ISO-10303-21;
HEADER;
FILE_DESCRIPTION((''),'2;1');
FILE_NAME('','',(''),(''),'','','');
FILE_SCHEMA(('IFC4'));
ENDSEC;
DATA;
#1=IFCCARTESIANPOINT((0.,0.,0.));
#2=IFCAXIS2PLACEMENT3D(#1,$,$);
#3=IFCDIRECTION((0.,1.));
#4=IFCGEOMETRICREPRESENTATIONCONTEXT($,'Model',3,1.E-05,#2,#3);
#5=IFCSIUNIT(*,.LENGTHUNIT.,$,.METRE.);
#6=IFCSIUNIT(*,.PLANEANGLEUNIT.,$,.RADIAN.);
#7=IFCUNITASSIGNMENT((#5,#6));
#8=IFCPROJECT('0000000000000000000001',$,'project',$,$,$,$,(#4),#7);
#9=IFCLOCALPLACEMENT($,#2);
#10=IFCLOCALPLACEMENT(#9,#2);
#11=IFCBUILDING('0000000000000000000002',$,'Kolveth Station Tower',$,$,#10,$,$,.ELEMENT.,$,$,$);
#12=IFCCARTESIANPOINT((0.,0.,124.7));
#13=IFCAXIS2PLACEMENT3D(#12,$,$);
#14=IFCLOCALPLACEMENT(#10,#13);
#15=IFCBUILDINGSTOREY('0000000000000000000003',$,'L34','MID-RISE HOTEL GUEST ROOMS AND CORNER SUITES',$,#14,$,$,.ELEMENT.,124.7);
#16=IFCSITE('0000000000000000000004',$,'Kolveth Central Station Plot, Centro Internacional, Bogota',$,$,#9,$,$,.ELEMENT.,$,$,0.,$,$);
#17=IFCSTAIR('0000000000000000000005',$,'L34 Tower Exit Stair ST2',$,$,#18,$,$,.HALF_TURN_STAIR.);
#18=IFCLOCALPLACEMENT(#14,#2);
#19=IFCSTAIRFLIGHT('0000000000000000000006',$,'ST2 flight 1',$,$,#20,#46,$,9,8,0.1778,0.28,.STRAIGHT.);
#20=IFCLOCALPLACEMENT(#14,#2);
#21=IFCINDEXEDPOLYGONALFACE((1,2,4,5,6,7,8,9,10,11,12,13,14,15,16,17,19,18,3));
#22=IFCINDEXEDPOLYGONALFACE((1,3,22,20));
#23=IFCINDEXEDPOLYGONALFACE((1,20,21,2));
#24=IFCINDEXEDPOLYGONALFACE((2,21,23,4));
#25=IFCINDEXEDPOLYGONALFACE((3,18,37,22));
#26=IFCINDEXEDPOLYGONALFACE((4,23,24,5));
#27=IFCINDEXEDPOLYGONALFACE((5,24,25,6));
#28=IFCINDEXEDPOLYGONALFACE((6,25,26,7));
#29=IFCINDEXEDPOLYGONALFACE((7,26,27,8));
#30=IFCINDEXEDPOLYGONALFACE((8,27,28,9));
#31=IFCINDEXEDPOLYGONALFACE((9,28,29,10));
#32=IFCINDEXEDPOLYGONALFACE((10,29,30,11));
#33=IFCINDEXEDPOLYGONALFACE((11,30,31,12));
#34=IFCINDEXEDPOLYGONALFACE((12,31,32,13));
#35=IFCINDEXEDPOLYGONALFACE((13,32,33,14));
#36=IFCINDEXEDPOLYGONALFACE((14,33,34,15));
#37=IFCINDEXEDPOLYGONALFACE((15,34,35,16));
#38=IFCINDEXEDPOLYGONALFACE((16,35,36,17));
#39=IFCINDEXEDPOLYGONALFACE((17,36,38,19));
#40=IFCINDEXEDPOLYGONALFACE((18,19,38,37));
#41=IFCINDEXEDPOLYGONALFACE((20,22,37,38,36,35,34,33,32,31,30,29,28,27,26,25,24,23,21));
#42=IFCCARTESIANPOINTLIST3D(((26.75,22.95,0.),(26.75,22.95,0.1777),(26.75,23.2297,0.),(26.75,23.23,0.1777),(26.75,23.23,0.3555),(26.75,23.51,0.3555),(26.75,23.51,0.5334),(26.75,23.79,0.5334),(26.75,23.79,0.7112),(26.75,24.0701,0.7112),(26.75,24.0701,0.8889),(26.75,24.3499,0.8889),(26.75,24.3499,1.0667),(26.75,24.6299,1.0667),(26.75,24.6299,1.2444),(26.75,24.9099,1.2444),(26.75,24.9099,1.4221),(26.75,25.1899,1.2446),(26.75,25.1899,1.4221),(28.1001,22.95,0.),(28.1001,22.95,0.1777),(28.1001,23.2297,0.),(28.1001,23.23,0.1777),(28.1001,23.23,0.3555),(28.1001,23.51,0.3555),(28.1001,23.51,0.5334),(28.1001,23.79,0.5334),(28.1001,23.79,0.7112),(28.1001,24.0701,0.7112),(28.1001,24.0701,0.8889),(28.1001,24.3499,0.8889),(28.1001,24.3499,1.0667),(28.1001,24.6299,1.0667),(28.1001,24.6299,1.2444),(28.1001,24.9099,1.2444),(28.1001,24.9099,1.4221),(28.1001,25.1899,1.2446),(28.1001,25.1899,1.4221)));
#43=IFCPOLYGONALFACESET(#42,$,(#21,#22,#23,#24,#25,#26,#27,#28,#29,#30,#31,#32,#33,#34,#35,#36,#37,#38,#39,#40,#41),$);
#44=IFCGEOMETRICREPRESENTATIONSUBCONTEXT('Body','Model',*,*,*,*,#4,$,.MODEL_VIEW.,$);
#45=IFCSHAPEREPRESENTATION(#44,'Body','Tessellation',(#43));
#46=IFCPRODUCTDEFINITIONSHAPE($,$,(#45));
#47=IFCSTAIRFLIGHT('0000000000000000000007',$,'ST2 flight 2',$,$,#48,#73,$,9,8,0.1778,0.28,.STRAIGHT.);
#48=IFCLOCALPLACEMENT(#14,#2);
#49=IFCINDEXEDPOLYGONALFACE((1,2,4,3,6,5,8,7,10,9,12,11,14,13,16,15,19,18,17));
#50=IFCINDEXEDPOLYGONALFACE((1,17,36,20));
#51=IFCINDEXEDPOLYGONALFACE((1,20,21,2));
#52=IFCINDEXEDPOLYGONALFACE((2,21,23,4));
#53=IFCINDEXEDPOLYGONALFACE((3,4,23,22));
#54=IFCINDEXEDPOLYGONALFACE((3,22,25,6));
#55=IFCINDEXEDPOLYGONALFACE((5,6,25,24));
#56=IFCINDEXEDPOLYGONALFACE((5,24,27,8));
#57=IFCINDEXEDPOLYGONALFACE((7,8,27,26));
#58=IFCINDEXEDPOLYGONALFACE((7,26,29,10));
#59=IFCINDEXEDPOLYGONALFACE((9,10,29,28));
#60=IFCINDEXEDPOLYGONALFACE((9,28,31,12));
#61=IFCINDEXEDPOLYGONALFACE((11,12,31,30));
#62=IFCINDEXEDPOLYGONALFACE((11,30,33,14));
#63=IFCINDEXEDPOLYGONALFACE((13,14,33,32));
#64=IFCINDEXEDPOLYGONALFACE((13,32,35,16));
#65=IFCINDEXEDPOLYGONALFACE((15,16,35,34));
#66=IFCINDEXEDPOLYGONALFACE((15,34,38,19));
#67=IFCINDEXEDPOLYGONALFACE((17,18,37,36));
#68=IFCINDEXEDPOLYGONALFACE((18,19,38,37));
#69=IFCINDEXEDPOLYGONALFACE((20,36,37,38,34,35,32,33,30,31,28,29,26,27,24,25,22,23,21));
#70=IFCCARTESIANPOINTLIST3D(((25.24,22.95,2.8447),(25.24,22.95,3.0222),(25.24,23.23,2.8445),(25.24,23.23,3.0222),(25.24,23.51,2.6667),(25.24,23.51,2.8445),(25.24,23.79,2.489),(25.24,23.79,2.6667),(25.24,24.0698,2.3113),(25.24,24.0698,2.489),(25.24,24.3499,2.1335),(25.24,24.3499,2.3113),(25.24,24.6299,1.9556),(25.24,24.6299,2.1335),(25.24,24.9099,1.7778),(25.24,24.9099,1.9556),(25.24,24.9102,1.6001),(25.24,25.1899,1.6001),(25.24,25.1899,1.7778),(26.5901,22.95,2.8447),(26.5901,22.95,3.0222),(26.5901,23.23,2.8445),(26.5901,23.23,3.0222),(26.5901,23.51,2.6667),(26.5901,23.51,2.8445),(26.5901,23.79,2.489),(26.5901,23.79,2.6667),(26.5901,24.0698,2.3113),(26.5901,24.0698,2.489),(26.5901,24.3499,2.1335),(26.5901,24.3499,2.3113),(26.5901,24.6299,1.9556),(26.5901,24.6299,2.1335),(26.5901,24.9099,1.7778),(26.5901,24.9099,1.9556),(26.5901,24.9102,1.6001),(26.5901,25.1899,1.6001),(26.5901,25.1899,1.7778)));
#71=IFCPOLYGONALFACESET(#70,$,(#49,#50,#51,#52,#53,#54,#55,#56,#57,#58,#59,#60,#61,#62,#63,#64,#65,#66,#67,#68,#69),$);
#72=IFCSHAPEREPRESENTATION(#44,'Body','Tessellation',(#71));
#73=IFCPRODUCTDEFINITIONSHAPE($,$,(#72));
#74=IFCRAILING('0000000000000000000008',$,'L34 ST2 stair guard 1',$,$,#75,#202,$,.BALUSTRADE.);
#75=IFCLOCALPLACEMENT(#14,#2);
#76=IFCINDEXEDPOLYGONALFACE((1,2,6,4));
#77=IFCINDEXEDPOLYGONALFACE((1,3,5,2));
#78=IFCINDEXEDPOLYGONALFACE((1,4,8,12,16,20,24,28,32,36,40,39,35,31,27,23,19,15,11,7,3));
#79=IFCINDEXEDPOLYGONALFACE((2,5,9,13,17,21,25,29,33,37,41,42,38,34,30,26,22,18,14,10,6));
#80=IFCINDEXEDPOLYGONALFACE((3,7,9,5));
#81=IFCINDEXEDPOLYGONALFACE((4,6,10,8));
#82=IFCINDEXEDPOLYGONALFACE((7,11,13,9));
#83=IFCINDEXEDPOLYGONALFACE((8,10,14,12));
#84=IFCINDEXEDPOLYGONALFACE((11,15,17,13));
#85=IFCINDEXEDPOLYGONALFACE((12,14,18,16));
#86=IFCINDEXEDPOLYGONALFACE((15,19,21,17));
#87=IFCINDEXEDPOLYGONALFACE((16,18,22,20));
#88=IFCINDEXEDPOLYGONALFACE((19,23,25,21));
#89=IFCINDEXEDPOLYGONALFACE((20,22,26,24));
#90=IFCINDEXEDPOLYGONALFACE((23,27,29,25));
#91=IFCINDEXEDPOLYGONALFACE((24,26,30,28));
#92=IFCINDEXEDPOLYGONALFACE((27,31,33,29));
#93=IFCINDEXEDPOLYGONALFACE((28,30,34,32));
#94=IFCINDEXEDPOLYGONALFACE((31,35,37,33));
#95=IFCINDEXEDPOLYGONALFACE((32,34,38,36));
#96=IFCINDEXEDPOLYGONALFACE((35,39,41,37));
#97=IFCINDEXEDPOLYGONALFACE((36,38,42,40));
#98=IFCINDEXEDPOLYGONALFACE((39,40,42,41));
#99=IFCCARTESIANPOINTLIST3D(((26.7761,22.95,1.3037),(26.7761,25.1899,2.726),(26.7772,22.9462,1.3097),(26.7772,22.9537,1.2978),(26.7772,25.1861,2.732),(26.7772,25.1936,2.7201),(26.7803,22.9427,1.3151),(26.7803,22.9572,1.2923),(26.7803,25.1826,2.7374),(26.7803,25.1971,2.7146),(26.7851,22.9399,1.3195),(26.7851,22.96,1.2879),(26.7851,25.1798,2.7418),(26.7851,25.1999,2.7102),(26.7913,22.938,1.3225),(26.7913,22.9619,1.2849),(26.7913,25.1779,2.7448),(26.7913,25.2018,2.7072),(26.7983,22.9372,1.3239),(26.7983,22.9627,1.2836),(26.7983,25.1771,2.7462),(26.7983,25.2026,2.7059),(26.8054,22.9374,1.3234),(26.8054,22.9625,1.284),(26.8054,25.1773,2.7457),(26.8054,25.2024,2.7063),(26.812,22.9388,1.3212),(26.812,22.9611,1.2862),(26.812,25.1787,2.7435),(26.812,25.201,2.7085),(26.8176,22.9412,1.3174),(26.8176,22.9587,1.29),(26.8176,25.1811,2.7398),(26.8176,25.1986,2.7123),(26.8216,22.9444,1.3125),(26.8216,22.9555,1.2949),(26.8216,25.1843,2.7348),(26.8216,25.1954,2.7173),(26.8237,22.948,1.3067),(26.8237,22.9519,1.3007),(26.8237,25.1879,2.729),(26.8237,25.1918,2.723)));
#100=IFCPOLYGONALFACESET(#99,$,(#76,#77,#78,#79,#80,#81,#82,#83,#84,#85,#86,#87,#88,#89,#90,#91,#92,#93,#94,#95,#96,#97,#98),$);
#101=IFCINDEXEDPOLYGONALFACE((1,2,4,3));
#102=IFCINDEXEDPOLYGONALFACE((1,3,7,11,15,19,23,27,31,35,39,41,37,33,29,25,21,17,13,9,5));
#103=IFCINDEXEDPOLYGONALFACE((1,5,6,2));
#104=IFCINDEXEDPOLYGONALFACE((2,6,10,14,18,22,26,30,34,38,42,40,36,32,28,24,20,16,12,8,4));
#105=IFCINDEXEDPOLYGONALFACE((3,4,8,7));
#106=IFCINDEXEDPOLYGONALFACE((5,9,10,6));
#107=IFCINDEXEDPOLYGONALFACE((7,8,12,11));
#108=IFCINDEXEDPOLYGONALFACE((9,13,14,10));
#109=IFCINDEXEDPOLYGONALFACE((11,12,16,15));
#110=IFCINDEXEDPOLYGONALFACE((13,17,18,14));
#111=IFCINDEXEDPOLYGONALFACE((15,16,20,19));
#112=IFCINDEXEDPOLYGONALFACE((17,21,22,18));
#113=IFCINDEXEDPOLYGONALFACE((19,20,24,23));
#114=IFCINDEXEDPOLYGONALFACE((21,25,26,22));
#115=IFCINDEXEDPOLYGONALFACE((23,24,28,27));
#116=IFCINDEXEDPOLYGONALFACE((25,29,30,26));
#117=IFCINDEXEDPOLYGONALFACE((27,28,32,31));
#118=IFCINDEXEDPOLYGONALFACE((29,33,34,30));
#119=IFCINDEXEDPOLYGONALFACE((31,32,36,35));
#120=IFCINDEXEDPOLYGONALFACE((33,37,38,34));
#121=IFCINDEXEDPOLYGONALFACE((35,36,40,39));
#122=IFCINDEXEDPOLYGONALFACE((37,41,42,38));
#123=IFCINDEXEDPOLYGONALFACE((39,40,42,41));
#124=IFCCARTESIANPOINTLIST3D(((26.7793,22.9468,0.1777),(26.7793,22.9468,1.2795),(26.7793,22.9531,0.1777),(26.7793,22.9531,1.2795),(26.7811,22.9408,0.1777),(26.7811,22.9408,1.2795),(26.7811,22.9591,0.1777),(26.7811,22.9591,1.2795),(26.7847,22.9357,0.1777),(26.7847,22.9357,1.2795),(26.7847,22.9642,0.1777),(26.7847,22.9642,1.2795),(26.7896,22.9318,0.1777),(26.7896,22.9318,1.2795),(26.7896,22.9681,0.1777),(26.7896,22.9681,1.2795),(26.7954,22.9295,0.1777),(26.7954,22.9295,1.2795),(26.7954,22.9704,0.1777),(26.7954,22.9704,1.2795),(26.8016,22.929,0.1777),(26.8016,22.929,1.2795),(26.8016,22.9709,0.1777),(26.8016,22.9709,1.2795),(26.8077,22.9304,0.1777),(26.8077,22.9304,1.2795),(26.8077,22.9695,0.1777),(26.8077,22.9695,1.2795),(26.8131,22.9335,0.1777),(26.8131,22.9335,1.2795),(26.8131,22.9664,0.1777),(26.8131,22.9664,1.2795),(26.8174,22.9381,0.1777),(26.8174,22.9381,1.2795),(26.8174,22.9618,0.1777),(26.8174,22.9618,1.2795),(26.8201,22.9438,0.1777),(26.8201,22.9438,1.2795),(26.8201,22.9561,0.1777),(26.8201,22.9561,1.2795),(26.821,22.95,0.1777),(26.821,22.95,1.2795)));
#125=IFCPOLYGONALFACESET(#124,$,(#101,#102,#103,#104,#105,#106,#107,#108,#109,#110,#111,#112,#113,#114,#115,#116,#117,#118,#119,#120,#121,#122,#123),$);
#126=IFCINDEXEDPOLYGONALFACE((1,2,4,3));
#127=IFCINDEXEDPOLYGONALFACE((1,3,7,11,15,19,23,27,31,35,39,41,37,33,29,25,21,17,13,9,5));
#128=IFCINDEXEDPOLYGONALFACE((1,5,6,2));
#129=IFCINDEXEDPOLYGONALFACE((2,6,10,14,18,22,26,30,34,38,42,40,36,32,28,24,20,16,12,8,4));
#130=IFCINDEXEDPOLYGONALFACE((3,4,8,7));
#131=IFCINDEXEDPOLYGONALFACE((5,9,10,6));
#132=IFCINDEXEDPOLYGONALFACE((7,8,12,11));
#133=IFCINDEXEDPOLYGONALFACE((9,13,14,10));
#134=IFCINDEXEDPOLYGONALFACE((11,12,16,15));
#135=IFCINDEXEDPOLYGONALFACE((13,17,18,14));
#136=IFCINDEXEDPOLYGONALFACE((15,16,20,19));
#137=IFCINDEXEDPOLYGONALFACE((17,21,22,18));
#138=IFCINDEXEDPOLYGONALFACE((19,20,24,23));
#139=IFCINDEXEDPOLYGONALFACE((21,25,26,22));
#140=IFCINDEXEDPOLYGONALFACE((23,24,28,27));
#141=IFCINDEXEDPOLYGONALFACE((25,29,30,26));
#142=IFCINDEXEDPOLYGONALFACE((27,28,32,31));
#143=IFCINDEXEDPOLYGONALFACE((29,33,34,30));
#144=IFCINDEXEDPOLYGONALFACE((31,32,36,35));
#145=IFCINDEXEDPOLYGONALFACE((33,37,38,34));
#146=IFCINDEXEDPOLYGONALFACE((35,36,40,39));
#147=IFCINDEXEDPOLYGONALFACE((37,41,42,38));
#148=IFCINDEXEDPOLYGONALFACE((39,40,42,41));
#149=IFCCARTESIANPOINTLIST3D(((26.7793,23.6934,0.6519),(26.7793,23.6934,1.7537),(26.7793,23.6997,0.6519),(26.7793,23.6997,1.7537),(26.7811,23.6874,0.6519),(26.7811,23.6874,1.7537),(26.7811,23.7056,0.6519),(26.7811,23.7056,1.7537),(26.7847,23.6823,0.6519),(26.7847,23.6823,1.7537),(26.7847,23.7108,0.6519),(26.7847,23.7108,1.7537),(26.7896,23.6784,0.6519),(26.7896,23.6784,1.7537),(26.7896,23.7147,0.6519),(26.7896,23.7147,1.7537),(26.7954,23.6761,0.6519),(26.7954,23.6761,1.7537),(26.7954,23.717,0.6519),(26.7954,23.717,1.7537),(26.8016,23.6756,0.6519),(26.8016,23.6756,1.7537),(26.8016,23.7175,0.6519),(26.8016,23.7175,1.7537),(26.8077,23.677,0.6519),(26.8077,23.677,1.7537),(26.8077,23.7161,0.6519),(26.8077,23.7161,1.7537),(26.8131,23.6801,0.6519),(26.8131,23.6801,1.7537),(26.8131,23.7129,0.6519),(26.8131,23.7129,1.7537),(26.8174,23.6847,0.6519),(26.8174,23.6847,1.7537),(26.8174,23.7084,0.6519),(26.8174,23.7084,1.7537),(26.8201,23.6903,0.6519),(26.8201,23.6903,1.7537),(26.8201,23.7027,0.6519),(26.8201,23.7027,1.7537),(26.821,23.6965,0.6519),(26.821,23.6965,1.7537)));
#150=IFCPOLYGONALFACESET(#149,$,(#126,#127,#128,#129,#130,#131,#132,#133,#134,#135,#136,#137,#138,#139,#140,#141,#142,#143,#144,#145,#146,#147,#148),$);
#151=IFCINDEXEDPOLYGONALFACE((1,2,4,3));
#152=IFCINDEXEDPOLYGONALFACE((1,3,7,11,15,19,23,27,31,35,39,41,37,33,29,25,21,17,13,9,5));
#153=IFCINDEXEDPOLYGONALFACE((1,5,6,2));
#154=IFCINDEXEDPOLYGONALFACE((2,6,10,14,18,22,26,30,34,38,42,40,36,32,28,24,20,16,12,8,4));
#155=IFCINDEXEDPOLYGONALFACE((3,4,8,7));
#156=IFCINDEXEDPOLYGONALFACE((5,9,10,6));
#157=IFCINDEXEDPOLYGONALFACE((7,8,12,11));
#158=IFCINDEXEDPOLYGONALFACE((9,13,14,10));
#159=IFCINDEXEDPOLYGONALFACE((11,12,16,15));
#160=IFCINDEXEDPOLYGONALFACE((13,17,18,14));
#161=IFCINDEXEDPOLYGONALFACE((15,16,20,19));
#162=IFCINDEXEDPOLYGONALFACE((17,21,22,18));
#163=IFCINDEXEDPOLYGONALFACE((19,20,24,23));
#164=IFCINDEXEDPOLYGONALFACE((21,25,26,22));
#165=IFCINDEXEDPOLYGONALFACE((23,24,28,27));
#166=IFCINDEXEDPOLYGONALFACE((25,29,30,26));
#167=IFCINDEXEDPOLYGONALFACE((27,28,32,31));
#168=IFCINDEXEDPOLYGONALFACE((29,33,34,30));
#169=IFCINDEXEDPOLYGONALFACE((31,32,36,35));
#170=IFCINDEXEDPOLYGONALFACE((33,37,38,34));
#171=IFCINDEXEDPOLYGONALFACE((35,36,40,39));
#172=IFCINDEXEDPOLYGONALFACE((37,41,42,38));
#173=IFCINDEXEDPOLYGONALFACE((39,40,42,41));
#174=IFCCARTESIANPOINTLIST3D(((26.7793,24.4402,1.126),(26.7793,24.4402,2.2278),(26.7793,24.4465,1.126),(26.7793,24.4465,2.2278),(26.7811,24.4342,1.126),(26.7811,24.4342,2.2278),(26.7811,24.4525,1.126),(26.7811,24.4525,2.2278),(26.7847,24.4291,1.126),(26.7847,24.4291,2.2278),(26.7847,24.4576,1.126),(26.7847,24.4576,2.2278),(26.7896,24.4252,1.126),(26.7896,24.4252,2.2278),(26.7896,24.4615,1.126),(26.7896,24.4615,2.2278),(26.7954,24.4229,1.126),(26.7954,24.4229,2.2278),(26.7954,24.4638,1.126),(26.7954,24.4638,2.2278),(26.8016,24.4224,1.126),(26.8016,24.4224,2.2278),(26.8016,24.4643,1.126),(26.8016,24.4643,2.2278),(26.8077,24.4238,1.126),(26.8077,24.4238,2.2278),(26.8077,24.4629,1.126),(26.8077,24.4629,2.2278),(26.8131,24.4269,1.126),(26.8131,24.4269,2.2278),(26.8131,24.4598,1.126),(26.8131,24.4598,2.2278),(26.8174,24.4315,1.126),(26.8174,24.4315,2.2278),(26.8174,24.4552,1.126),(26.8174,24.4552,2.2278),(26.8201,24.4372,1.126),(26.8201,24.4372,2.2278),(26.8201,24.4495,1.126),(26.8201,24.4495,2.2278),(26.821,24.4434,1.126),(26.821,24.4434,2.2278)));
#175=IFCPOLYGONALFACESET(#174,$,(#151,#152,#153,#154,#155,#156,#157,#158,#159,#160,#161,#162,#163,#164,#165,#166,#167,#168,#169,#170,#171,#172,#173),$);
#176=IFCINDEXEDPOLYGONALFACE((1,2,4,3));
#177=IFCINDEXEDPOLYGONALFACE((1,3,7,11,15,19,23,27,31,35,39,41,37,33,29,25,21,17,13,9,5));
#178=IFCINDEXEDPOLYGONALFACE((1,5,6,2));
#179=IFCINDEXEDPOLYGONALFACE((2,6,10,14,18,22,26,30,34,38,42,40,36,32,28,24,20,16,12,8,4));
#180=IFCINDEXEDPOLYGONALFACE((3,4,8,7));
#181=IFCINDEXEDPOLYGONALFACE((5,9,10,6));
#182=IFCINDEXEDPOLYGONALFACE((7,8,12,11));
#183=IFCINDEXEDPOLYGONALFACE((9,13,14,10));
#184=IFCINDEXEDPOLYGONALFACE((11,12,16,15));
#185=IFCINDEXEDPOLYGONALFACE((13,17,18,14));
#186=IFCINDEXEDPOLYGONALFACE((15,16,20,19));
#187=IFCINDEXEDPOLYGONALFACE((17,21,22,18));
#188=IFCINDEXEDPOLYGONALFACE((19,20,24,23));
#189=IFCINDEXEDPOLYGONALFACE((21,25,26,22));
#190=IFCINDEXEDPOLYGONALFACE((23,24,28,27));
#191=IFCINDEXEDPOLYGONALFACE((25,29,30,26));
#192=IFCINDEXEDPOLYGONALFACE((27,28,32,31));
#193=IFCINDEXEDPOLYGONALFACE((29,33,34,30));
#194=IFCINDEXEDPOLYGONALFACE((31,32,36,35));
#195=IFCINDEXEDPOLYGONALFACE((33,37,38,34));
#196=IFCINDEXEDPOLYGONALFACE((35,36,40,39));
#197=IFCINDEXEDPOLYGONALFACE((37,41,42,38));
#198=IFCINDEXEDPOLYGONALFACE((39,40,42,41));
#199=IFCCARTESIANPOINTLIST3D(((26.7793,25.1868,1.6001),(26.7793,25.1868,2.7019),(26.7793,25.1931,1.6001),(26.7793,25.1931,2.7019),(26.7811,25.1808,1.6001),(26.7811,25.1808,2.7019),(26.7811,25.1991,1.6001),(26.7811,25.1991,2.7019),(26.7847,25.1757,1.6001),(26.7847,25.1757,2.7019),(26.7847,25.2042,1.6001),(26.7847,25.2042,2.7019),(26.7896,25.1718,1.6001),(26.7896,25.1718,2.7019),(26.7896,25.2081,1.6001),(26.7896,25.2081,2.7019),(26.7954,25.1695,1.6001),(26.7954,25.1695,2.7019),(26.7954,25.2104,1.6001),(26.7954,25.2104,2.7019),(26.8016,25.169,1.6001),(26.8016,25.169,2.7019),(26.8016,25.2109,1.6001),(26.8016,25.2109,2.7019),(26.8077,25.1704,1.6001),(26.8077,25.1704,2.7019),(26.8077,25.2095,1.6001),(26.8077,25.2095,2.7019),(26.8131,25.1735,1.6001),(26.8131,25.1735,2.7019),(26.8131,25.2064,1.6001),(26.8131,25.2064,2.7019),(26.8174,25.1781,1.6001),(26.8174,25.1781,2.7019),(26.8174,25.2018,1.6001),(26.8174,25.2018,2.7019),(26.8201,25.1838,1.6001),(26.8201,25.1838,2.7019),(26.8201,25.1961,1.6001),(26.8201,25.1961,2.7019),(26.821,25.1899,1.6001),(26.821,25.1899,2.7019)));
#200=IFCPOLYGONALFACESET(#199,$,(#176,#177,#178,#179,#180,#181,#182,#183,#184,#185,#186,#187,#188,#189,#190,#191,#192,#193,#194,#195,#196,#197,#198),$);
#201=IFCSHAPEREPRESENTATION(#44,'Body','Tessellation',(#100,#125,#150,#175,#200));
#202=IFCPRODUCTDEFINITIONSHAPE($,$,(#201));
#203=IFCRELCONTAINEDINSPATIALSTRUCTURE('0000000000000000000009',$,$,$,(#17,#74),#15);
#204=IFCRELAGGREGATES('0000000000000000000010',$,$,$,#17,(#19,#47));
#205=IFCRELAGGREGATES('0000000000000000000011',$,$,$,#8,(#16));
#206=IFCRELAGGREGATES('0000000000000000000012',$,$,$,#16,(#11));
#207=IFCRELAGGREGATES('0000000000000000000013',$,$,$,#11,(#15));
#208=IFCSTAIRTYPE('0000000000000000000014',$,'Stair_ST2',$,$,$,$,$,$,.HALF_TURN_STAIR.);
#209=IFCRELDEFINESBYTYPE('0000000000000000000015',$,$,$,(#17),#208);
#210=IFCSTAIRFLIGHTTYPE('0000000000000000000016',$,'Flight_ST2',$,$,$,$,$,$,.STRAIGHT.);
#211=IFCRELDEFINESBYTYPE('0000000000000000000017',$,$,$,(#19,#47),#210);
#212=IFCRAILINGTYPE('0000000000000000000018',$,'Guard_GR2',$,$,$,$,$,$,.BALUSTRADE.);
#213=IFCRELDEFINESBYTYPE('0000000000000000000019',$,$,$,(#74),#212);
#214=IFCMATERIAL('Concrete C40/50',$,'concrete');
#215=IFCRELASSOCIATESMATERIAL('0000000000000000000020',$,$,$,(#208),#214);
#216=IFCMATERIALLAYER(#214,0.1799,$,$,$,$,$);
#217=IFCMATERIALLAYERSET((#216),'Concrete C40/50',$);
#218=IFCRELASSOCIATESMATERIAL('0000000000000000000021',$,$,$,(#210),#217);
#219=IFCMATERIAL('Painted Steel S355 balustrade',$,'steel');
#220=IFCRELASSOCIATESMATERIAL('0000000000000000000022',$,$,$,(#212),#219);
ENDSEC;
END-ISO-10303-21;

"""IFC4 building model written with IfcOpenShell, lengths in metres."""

from ifc_helpers import new_model, si_unit, direction, frame, origin, origin_2d, place, context, subcontext, project, spatial, polyline, circle, outline, extrude, material, layer, layer_set, type_object, element, aggregate, save


model = new_model("IFC4")

# Units and contexts
model_context = context("Model", 3, precision=1e-05, world=origin(), true_north=direction((0.0, 1.0)))
body_context = subcontext(model_context, "Body", "Model", "MODEL_VIEW")
ifc_project = project(units=[si_unit("LENGTHUNIT", "METRE"), si_unit("PLANEANGLEUNIT", "RADIAN")], contexts=[model_context])

# Site, building, storey
site_placement = place(None, origin())
site = spatial("IfcSite", under=ifc_project, at=site_placement, Name="Kolveth Central Station Plot, Centro Internacional, Bogota", CompositionType="ELEMENT", RefElevation=0.0)
building_placement = place(site_placement, origin())
building = spatial("IfcBuilding", under=site, at=building_placement, Name="Kolveth Station Tower", CompositionType="ELEMENT")
storey_placement = place(building_placement, frame((0.0, 0.0, 124.7)))
storey = spatial("IfcBuildingStorey", under=building, at=storey_placement, Name="L34", Description="MID-RISE HOTEL GUEST ROOMS AND CORNER SUITES", CompositionType="ELEMENT", Elevation=124.7)

# Shared definitions
ifc_material_1 = material(Name="Concrete C40/50", Category="concrete")

# Stair, stair flights
stair_type = type_object("IfcStairType", Name="Stair_ST2", PredefinedType="HALF_TURN_STAIR", material=ifc_material_1)
stair_placement = place(storey_placement, origin())
stair = element("IfcStair", 1, at=stair_placement, inside=storey, type_object=stair_type, Name="L34 Tower Exit Stair ST2", PredefinedType="HALF_TURN_STAIR")
ifc_layer_1 = layer(ifc_material_1, 0.1799)
ifc_layer_set_1 = layer_set([ifc_layer_1], Name="Concrete C40/50")
stair_flight_type = type_object("IfcStairFlightType", Name="Flight_ST2", PredefinedType="STRAIGHT", material=ifc_layer_set_1)
stair_flight_1_placement = place(storey_placement, frame((27.425, 22.95, 0.0), z_axis=(0.0, 0.0, 1.0), x_axis=(0.0, 1.0, 0.0)))
stair_flight_1 = element("IfcStairFlight", 2, at=stair_flight_1_placement, type_object=stair_flight_type, Name="ST2 flight 1", NumberOfRisers=9, NumberOfTreads=8, PredefinedType="STRAIGHT", RiserHeight=0.1778, TreadLength=0.28, context=body_context, shape_type="SweptSolid", body=[
    extrude(outline(polyline([(0.0, 0.0), (0.0, 0.1777), (0.28, 0.1777), (0.28, 0.3555), (0.5601, 0.3555), (0.5601, 0.5334), (0.8401, 0.5334), (0.8401, 0.7112), (1.1201, 0.7112), (1.1201, 0.8889), (1.3999, 0.8889), (1.3999, 1.0667), (1.6799, 1.0667), (1.6799, 1.2444), (1.96, 1.2444), (1.96, 1.4221), (2.24, 1.4221), (2.24, 1.6001), (2.24, 1.2446), (0.2798, 0.0), (0.0, 0.0)])), frame((0.0, 0.675, 0.0), z_axis=(0.0, -1.0, 0.0), x_axis=(1.0, 0.0, 0.0)), (0.0, 0.0, 1.0), 1.3501),
])
stair_flight_2_placement = place(storey_placement, frame((25.915, 25.1899, 1.6001), z_axis=(0.0, 0.0, 1.0), x_axis=(0.0, -1.0, 0.0)))
stair_flight_2 = element("IfcStairFlight", 3, at=stair_flight_2_placement, type_object=stair_flight_type, Name="ST2 flight 2", NumberOfRisers=9, NumberOfTreads=8, PredefinedType="STRAIGHT", RiserHeight=0.1778, TreadLength=0.28, context=body_context, shape_type="SweptSolid", body=[
    extrude(outline(polyline([(0.0, 0.0), (0.0, 0.1777), (0.28, 0.1777), (0.28, 0.3555), (0.5601, 0.3555), (0.5601, 0.5334), (0.8401, 0.5334), (0.8401, 0.7112), (1.1201, 0.7112), (1.1201, 0.8889), (1.3999, 0.8889), (1.3999, 1.0667), (1.6799, 1.0667), (1.6799, 1.2444), (1.96, 1.2444), (1.96, 1.4221), (2.24, 1.4221), (2.24, 1.6001), (2.24, 1.2446), (0.2798, 0.0), (0.0, 0.0)])), frame((0.0, 0.675, 0.0), z_axis=(0.0, -1.0, 0.0), x_axis=(1.0, 0.0, 0.0)), (0.0, 0.0, 1.0), 1.3501),
])
aggregate(stair, [stair_flight_1, stair_flight_2])

# Railing
ifc_material_2 = material(Name="Painted Steel S355 balustrade", Category="steel")
railing_type_1 = type_object("IfcRailingType", Name="Guard_GR2", PredefinedType="BALUSTRADE", material=ifc_material_2)
railing_1_placement = place(storey_placement, frame((26.8, 22.95, 0.1777)))
element("IfcRailing", 4, at=railing_1_placement, inside=storey, type_object=railing_type_1, Name="L34 ST2 stair guard 1", PredefinedType="BALUSTRADE", context=body_context, shape_type="SweptSolid", body=[
    extrude(circle(Radius=0.0239, at=origin_2d()), frame((0.0, 0.0, 1.126), z_axis=(0.0, 0.844188, 0.536048), x_axis=(-1.0, 0.0, 0.0)), (0.0, 0.0, 1.0), 2.6533),
    extrude(circle(Radius=0.021, at=origin_2d()), origin(), (0.0, 0.0, 1.0), 1.1018),
    extrude(circle(Radius=0.021, at=origin_2d()), frame((0.0, 0.7466, 0.4741)), (0.0, 0.0, 1.0), 1.1018),
    extrude(circle(Radius=0.021, at=origin_2d()), frame((0.0, 1.4934, 0.9482)), (0.0, 0.0, 1.0), 1.1018),
    extrude(circle(Radius=0.021, at=origin_2d()), frame((0.0, 2.24, 1.4224)), (0.0, 0.0, 1.0), 1.1018),
])

save(model, "model.ifc")
